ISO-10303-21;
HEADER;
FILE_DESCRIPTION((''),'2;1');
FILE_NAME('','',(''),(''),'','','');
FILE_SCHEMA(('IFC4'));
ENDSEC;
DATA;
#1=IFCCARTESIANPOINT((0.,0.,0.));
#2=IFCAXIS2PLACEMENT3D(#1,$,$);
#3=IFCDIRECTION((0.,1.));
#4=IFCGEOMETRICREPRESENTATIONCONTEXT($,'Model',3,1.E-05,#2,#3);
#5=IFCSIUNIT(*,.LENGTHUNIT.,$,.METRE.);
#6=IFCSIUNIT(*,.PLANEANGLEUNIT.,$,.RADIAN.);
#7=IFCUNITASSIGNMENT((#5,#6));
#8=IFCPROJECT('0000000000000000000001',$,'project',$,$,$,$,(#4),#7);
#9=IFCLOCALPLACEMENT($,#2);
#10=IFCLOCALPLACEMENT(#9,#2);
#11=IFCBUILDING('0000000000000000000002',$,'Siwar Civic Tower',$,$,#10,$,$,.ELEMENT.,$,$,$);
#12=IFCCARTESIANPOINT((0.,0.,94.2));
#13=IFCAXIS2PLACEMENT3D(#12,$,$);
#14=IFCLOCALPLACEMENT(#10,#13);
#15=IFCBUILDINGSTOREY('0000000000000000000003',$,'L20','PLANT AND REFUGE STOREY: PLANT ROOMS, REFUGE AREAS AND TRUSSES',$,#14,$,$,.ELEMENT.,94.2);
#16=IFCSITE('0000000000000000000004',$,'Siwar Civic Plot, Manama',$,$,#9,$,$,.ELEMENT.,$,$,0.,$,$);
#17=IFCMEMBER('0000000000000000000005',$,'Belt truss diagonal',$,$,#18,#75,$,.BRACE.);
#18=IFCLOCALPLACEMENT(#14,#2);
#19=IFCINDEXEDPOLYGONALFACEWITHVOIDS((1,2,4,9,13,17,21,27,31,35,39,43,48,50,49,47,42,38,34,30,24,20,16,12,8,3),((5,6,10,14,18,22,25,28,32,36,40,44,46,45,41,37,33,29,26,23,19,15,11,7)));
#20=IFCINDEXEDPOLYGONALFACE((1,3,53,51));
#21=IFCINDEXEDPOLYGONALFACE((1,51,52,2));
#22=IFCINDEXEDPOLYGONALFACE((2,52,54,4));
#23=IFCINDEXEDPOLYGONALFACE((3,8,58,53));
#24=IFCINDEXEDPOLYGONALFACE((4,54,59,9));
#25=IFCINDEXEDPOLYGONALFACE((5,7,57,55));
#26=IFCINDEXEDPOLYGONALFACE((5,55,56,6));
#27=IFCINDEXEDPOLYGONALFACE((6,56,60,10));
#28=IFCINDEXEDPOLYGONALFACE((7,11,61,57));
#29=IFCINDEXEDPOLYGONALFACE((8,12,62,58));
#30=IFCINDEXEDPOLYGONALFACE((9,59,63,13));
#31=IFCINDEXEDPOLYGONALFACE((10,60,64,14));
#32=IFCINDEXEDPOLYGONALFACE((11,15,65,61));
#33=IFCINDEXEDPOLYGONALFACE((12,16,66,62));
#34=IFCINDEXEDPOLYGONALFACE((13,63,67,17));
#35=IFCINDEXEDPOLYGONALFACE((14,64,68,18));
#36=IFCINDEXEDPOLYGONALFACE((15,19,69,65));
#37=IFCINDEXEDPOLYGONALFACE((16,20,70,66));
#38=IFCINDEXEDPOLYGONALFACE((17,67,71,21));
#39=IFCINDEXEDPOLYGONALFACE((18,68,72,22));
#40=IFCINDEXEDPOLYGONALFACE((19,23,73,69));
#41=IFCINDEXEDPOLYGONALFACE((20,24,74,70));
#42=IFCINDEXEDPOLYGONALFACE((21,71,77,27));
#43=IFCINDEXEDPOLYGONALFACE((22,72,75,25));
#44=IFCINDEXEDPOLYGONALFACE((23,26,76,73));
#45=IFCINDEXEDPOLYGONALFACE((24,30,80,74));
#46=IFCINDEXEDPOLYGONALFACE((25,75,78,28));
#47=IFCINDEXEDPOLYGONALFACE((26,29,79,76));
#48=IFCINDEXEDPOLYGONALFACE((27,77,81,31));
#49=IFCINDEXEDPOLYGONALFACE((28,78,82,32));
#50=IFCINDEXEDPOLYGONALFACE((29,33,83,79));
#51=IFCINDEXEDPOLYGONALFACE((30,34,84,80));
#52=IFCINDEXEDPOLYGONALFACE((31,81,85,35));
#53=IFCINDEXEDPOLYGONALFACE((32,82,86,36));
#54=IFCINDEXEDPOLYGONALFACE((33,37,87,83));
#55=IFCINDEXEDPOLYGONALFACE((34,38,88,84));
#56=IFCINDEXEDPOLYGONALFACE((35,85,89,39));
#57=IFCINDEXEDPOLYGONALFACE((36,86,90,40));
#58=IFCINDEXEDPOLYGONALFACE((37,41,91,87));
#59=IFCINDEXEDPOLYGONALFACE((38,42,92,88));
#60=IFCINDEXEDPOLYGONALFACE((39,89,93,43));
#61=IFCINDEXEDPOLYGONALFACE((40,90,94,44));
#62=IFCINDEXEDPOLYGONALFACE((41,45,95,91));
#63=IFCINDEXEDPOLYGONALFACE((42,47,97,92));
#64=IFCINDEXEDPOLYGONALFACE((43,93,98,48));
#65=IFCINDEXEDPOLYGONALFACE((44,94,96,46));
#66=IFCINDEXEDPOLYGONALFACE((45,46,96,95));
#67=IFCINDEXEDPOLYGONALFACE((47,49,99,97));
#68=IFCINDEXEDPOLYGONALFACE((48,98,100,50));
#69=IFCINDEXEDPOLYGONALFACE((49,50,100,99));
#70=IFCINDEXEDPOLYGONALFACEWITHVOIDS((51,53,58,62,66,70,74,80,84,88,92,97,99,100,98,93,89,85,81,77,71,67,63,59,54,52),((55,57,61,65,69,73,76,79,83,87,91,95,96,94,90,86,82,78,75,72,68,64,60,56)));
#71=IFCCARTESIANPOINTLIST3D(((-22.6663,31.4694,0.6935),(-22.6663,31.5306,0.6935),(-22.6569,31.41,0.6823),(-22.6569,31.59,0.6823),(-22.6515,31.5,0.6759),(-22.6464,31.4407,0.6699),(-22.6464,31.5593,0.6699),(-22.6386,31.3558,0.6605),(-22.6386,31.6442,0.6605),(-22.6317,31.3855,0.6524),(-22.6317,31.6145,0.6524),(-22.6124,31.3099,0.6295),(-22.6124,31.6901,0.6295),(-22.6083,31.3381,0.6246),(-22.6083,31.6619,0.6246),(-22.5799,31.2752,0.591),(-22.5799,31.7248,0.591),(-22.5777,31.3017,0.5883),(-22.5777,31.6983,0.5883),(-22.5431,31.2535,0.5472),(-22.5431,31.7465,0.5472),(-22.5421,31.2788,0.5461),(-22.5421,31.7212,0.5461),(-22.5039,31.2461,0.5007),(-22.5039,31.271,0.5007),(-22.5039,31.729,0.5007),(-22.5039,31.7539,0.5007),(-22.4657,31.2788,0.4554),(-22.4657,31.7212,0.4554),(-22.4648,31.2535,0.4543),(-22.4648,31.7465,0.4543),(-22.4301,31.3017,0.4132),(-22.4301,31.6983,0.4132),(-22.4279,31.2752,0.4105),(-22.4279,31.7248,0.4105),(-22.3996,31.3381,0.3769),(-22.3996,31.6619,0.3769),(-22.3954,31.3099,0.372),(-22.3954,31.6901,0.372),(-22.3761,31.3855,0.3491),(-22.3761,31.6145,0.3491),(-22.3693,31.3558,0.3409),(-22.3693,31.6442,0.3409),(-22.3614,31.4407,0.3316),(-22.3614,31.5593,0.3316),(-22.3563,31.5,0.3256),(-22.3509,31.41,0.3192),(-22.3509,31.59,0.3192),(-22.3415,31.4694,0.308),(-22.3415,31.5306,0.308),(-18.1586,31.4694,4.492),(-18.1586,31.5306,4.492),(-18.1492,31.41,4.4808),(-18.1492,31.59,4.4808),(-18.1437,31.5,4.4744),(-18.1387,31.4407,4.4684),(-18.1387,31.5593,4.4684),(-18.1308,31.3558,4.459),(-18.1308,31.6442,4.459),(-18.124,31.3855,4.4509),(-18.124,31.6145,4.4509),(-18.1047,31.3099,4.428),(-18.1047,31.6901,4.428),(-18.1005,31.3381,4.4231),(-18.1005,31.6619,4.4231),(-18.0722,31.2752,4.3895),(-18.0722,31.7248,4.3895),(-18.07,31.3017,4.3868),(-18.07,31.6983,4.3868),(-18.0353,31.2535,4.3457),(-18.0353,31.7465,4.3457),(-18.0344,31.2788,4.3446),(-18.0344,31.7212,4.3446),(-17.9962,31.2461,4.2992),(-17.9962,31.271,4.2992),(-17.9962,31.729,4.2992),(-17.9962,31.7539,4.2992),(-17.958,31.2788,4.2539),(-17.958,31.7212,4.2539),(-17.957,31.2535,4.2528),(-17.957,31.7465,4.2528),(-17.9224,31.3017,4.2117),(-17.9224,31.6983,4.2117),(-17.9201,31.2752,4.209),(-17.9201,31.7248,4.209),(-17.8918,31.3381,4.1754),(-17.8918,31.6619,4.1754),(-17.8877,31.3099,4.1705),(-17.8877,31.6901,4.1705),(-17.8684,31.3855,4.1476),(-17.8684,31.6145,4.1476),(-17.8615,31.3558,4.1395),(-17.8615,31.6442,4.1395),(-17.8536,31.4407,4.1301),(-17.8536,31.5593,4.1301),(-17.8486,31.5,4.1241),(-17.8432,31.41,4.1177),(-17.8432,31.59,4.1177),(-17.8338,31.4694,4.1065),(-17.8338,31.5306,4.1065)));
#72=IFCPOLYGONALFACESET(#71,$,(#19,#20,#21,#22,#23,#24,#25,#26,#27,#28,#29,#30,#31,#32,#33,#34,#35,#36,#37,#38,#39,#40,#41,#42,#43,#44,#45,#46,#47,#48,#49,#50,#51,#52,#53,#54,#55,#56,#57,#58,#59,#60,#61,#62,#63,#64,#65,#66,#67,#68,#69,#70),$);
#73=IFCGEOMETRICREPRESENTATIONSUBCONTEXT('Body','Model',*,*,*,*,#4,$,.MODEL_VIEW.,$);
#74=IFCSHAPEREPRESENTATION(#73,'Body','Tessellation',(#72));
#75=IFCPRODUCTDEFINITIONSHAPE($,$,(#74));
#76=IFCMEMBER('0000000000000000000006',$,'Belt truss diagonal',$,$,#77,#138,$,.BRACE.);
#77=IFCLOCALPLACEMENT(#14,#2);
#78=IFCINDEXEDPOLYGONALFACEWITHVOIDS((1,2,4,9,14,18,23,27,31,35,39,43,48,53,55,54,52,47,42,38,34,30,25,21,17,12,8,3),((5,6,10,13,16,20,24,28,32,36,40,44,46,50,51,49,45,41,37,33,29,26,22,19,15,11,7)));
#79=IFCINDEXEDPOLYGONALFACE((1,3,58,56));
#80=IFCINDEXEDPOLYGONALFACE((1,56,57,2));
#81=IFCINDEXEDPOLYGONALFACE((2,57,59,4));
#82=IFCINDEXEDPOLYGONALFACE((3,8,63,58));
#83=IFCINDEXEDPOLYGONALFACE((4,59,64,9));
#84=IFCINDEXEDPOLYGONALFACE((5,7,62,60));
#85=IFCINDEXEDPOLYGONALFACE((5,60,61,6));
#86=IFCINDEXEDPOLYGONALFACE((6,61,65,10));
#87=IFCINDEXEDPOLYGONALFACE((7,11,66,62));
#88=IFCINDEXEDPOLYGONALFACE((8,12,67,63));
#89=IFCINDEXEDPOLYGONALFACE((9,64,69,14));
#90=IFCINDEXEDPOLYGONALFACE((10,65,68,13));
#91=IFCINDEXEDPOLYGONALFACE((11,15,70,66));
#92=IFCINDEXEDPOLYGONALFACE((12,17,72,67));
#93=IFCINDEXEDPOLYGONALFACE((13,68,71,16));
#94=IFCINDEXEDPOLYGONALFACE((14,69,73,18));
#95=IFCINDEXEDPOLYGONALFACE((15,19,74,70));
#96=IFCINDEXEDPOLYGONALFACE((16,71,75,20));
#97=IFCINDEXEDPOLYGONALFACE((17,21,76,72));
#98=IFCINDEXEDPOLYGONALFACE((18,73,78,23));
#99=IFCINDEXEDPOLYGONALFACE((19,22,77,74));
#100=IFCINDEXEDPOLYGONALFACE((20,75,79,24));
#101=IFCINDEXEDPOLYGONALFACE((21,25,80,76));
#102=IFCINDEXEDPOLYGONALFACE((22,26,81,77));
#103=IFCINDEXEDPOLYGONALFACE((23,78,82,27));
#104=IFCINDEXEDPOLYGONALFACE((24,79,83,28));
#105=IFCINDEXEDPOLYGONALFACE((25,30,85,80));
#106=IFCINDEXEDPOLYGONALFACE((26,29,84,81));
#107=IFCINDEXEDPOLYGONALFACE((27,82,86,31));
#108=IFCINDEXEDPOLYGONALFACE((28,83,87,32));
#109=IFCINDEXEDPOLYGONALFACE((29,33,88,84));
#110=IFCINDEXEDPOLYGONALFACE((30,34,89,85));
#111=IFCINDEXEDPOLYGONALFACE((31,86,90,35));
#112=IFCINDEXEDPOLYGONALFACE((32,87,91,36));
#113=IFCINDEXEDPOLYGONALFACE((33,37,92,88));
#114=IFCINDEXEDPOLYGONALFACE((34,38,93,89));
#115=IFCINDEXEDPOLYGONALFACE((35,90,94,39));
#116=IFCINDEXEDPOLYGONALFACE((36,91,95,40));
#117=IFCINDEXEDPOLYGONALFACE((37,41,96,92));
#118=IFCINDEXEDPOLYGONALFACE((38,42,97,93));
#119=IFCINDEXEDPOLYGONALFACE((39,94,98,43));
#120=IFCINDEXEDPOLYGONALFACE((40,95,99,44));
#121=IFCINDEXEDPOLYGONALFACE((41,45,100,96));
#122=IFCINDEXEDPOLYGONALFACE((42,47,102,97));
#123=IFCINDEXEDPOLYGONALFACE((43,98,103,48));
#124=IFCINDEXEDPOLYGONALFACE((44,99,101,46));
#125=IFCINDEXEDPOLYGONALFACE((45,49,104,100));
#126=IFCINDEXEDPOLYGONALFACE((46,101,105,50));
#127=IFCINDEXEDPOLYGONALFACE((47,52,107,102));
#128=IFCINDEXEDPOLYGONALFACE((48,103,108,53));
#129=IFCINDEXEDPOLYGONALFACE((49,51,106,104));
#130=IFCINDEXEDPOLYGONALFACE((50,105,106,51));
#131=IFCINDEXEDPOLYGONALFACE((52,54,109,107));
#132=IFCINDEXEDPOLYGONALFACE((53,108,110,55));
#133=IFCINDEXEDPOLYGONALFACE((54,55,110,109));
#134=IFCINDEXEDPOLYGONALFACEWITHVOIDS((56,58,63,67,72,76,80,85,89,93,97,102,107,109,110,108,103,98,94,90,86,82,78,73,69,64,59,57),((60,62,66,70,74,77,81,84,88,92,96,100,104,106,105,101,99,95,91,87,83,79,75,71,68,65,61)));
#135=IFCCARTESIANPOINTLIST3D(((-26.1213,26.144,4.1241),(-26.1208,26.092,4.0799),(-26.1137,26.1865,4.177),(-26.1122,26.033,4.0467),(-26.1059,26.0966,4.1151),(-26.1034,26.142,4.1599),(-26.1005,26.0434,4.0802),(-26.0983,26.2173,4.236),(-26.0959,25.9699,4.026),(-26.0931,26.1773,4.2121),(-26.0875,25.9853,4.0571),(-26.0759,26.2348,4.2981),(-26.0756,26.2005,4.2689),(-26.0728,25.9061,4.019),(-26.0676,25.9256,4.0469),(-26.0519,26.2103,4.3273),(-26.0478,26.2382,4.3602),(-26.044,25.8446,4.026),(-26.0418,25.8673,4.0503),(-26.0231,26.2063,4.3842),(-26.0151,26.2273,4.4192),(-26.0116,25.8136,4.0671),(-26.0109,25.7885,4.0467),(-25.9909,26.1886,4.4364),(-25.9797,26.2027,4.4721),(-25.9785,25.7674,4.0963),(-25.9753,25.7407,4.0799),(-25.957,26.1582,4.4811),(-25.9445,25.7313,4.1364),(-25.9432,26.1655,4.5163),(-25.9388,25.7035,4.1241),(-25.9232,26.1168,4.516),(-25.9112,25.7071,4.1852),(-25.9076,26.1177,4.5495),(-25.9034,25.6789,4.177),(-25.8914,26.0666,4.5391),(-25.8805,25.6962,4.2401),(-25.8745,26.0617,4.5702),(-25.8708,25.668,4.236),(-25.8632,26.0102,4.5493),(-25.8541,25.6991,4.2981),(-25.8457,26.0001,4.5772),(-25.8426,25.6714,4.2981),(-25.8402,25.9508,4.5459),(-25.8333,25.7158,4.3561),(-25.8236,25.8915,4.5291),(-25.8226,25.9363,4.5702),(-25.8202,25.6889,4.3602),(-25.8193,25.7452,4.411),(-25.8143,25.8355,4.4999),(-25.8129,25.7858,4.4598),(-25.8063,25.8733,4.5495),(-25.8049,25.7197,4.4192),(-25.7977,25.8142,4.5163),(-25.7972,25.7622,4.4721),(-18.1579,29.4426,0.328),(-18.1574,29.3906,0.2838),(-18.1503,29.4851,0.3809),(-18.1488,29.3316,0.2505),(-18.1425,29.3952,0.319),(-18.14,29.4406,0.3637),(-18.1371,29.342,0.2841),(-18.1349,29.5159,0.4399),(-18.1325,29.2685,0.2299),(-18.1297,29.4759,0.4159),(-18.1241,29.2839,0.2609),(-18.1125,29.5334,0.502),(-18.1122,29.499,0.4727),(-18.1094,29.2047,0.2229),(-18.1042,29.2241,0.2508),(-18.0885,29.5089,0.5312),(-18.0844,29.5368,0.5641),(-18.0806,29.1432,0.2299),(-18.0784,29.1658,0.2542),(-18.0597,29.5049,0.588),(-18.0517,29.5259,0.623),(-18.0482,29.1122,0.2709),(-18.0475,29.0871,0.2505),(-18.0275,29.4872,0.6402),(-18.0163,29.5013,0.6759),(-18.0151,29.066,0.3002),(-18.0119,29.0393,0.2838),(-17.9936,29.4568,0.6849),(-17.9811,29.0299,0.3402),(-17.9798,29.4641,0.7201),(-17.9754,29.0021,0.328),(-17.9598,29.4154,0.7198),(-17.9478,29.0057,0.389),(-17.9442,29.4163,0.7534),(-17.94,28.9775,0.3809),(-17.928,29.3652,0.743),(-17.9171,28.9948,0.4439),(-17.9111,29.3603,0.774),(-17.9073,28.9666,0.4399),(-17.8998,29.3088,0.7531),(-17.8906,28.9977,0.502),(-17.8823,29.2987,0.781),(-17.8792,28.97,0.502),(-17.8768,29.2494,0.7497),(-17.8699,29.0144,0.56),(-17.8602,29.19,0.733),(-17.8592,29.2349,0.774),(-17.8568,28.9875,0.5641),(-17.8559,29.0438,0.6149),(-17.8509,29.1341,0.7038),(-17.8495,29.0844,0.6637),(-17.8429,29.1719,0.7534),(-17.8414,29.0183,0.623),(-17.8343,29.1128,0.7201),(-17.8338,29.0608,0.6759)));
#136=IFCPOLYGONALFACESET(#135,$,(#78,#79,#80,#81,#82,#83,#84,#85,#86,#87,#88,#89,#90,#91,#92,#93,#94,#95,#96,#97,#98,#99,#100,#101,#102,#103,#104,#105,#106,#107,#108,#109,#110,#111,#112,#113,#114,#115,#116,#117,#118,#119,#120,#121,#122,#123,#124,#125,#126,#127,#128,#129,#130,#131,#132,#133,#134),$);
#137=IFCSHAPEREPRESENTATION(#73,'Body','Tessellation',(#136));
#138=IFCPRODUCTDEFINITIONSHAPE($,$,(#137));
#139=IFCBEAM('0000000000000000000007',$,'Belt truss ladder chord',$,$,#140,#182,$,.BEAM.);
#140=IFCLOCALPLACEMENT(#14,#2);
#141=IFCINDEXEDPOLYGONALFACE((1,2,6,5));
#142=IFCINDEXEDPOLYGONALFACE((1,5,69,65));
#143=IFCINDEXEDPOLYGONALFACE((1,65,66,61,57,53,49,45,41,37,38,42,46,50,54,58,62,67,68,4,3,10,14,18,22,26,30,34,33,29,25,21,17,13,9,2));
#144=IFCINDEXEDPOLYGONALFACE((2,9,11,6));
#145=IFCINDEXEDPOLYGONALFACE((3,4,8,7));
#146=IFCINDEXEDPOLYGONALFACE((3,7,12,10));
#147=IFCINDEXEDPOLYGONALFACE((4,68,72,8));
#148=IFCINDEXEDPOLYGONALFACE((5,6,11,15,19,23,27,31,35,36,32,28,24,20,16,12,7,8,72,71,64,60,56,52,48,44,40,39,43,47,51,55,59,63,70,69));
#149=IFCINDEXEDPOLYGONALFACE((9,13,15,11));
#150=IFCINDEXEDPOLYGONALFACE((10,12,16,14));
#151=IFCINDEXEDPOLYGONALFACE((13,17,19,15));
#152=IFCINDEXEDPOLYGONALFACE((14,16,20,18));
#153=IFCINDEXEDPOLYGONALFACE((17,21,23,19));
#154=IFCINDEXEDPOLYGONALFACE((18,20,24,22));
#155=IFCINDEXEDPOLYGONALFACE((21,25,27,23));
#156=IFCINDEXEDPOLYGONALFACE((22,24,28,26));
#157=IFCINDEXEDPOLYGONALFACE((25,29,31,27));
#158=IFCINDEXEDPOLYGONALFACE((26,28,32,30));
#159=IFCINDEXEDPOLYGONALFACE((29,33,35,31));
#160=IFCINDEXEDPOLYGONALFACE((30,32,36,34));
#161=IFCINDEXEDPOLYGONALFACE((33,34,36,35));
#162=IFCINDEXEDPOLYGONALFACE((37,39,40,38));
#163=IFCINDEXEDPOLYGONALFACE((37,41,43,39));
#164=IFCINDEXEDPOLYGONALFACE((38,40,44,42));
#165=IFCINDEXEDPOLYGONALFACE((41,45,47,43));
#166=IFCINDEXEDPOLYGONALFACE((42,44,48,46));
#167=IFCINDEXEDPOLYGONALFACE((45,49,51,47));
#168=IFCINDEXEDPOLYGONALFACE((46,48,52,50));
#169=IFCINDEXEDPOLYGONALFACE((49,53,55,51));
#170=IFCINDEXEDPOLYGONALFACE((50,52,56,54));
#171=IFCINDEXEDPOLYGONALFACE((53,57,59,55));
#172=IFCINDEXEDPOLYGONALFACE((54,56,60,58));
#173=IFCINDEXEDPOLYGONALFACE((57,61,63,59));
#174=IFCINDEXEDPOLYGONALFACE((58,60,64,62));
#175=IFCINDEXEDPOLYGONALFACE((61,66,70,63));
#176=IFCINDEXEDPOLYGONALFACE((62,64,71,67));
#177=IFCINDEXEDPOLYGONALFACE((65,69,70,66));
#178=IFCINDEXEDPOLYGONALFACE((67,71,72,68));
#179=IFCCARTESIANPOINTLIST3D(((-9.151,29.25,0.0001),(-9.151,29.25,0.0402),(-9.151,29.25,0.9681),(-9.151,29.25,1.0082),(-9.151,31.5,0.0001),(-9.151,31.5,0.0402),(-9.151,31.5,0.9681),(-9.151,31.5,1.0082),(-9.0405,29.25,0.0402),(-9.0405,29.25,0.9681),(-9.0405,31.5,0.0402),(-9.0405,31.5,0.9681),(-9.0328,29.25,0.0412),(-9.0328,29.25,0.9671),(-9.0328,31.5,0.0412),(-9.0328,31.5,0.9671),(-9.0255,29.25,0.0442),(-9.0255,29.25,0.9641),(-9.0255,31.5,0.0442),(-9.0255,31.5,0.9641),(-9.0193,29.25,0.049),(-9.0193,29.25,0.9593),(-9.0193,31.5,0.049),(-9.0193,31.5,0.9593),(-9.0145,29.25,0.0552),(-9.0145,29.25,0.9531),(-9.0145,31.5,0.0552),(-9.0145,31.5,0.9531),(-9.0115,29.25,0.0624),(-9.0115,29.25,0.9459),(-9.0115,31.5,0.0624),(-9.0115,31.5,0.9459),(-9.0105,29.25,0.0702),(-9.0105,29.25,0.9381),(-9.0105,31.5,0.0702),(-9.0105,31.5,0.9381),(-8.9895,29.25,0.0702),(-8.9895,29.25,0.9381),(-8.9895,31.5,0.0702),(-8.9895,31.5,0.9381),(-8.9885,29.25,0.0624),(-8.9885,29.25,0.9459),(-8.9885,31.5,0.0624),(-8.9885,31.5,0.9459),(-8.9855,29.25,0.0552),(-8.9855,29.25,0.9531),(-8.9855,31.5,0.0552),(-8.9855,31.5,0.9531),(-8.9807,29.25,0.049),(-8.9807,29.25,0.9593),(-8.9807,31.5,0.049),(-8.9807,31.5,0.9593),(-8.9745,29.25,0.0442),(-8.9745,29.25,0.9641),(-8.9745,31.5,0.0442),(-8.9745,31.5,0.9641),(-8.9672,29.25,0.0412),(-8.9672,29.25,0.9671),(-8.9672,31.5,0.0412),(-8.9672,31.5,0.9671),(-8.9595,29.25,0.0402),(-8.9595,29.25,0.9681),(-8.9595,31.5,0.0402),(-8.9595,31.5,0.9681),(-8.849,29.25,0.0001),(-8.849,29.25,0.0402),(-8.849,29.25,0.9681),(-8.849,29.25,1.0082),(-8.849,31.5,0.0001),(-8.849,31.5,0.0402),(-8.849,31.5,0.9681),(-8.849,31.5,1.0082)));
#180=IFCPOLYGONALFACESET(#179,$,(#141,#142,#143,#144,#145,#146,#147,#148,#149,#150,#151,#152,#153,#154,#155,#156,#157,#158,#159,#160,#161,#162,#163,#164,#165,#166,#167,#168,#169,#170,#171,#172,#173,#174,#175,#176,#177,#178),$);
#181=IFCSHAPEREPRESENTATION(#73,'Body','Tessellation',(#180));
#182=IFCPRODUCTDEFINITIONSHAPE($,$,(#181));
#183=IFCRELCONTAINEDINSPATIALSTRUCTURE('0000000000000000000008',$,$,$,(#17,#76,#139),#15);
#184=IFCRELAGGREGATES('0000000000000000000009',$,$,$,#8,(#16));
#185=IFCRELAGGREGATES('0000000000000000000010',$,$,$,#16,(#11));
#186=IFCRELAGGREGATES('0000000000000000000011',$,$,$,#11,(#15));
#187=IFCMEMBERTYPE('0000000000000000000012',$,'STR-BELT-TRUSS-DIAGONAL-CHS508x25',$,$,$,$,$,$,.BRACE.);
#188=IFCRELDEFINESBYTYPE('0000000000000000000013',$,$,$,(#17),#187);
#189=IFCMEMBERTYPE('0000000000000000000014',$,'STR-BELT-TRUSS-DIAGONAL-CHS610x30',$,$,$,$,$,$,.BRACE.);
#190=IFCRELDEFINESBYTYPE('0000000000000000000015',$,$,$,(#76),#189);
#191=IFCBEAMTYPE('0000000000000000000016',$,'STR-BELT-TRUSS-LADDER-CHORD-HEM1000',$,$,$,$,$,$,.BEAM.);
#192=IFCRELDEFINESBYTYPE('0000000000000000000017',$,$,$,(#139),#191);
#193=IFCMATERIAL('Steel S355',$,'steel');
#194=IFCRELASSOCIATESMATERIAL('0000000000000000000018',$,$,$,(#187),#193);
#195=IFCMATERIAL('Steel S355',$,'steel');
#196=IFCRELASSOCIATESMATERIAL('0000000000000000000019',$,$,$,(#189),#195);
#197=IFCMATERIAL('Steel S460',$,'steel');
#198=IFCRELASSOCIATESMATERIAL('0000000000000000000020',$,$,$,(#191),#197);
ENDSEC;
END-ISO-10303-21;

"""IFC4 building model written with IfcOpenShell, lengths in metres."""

from ifc_helpers import new_model, si_unit, direction, frame, origin, origin_2d, place, context, subcontext, project, spatial, hollow_circle, i_section, extrude, material, material_profile, profile_set, type_object, element, save


model = new_model("IFC4")

# Units and contexts
model_context = context("Model", 3, precision=1e-05, world=origin(), true_north=direction((0.0, 1.0)))
body_context = subcontext(model_context, "Body", "Model", "MODEL_VIEW")
ifc_project = project(units=[si_unit("LENGTHUNIT", "METRE"), si_unit("PLANEANGLEUNIT", "RADIAN")], contexts=[model_context])

# Site, building, storey
site_placement = place(None, origin())
site = spatial("IfcSite", under=ifc_project, at=site_placement, Name="Siwar Civic Plot, Manama", CompositionType="ELEMENT", RefElevation=0.0)
building_placement = place(site_placement, origin())
building = spatial("IfcBuilding", under=site, at=building_placement, Name="Siwar Civic Tower", CompositionType="ELEMENT")
storey_placement = place(building_placement, frame((0.0, 0.0, 94.2)))
storey = spatial("IfcBuildingStorey", under=building, at=storey_placement, Name="L20", Description="PLANT AND REFUGE STOREY: PLANT ROOMS, REFUGE AREAS AND TRUSSES", CompositionType="ELEMENT", Elevation=94.2)

# Members
ifc_material_1 = material(Name="Steel S355", Category="steel")
ifc_material_profile_1 = material_profile(ifc_material_1, hollow_circle(Radius=0.2539, WallThickness=0.0249, at=origin_2d()), Name="CHS508x25")
ifc_profile_set_1 = profile_set([ifc_material_profile_1], Name="Steel S355")
member_type_1 = type_object("IfcMemberType", Name="STR-BELT-TRUSS-DIAGONAL-CHS508x25", PredefinedType="BRACE", material=ifc_profile_set_1)
for number, where, z_axis, x_axis, name in (
    (1, (-22.5039, 31.5, 0.5007), (0.7647, 0.0, 0.644387), (0.0, 1.0, 0.0), "Belt truss diagonal"),
):
    element("IfcMember", number, at=place(storey_placement, frame(where, z_axis=z_axis, x_axis=x_axis)), inside=storey, type_object=member_type_1, Name=name, PredefinedType="BRACE", context=body_context, shape_type="SweptSolid", body=[
        extrude(hollow_circle(Radius=0.2539, WallThickness=0.0249, at=origin_2d()), origin(), (0.0, 0.0, 1.0), 5.8948),
    ])
ifc_material_2 = material(Name="Steel S355", Category="steel")
ifc_material_profile_2 = material_profile(ifc_material_2, hollow_circle(Radius=0.3049, WallThickness=0.03, at=origin_2d()), Name="CHS610x30")
ifc_profile_set_2 = profile_set([ifc_material_profile_2], Name="Steel S355")
member_type_2 = type_object("IfcMemberType", Name="STR-BELT-TRUSS-DIAGONAL-CHS610x30", PredefinedType="BRACE", material=ifc_profile_set_2)
member_1_placement = place(storey_placement, frame((-17.9958, 29.2517, 0.502), z_axis=(-0.845511, -0.350227, 0.403055), x_axis=(0.382688, -0.923878, 0.0)))
element("IfcMember", 2, at=member_1_placement, inside=storey, type_object=member_type_2, Name="Belt truss diagonal", PredefinedType="BRACE", context=body_context, shape_type="SweptSolid", body=[
    extrude(hollow_circle(Radius=0.3049, WallThickness=0.03, at=origin_2d()), origin(), (0.0, 0.0, 1.0), 9.4185),
])

# Beam
ifc_material_3 = material(Name="Steel S460", Category="steel")
ifc_material_profile_3 = material_profile(ifc_material_3, i_section(OverallWidth=0.302, OverallDepth=1.0081, WebThickness=0.021, FlangeThickness=0.04, FilletRadius=0.03, at=origin_2d()), Name="HEM1000")
ifc_profile_set_3 = profile_set([ifc_material_profile_3], Name="Steel S460")
beam_type_1 = type_object("IfcBeamType", Name="STR-BELT-TRUSS-LADDER-CHORD-HEM1000", PredefinedType="BEAM", material=ifc_profile_set_3)
for number, where, z_axis, x_axis, name in (
    (3, (-9.0, 29.25, 0.5042), (0.0, 1.0, 0.0), (-1.0, 0.0, 0.0), "Belt truss ladder chord"),
):
    element("IfcBeam", number, at=place(storey_placement, frame(where, z_axis=z_axis, x_axis=x_axis)), inside=storey, type_object=beam_type_1, Name=name, PredefinedType="BEAM", context=body_context, shape_type="SweptSolid", body=[
        extrude(i_section(OverallWidth=0.302, OverallDepth=1.0081, WebThickness=0.021, FlangeThickness=0.04, FilletRadius=0.03, at=origin_2d()), origin(), (0.0, 0.0, 1.0), 2.25),
    ])

save(model, "model.ifc")
